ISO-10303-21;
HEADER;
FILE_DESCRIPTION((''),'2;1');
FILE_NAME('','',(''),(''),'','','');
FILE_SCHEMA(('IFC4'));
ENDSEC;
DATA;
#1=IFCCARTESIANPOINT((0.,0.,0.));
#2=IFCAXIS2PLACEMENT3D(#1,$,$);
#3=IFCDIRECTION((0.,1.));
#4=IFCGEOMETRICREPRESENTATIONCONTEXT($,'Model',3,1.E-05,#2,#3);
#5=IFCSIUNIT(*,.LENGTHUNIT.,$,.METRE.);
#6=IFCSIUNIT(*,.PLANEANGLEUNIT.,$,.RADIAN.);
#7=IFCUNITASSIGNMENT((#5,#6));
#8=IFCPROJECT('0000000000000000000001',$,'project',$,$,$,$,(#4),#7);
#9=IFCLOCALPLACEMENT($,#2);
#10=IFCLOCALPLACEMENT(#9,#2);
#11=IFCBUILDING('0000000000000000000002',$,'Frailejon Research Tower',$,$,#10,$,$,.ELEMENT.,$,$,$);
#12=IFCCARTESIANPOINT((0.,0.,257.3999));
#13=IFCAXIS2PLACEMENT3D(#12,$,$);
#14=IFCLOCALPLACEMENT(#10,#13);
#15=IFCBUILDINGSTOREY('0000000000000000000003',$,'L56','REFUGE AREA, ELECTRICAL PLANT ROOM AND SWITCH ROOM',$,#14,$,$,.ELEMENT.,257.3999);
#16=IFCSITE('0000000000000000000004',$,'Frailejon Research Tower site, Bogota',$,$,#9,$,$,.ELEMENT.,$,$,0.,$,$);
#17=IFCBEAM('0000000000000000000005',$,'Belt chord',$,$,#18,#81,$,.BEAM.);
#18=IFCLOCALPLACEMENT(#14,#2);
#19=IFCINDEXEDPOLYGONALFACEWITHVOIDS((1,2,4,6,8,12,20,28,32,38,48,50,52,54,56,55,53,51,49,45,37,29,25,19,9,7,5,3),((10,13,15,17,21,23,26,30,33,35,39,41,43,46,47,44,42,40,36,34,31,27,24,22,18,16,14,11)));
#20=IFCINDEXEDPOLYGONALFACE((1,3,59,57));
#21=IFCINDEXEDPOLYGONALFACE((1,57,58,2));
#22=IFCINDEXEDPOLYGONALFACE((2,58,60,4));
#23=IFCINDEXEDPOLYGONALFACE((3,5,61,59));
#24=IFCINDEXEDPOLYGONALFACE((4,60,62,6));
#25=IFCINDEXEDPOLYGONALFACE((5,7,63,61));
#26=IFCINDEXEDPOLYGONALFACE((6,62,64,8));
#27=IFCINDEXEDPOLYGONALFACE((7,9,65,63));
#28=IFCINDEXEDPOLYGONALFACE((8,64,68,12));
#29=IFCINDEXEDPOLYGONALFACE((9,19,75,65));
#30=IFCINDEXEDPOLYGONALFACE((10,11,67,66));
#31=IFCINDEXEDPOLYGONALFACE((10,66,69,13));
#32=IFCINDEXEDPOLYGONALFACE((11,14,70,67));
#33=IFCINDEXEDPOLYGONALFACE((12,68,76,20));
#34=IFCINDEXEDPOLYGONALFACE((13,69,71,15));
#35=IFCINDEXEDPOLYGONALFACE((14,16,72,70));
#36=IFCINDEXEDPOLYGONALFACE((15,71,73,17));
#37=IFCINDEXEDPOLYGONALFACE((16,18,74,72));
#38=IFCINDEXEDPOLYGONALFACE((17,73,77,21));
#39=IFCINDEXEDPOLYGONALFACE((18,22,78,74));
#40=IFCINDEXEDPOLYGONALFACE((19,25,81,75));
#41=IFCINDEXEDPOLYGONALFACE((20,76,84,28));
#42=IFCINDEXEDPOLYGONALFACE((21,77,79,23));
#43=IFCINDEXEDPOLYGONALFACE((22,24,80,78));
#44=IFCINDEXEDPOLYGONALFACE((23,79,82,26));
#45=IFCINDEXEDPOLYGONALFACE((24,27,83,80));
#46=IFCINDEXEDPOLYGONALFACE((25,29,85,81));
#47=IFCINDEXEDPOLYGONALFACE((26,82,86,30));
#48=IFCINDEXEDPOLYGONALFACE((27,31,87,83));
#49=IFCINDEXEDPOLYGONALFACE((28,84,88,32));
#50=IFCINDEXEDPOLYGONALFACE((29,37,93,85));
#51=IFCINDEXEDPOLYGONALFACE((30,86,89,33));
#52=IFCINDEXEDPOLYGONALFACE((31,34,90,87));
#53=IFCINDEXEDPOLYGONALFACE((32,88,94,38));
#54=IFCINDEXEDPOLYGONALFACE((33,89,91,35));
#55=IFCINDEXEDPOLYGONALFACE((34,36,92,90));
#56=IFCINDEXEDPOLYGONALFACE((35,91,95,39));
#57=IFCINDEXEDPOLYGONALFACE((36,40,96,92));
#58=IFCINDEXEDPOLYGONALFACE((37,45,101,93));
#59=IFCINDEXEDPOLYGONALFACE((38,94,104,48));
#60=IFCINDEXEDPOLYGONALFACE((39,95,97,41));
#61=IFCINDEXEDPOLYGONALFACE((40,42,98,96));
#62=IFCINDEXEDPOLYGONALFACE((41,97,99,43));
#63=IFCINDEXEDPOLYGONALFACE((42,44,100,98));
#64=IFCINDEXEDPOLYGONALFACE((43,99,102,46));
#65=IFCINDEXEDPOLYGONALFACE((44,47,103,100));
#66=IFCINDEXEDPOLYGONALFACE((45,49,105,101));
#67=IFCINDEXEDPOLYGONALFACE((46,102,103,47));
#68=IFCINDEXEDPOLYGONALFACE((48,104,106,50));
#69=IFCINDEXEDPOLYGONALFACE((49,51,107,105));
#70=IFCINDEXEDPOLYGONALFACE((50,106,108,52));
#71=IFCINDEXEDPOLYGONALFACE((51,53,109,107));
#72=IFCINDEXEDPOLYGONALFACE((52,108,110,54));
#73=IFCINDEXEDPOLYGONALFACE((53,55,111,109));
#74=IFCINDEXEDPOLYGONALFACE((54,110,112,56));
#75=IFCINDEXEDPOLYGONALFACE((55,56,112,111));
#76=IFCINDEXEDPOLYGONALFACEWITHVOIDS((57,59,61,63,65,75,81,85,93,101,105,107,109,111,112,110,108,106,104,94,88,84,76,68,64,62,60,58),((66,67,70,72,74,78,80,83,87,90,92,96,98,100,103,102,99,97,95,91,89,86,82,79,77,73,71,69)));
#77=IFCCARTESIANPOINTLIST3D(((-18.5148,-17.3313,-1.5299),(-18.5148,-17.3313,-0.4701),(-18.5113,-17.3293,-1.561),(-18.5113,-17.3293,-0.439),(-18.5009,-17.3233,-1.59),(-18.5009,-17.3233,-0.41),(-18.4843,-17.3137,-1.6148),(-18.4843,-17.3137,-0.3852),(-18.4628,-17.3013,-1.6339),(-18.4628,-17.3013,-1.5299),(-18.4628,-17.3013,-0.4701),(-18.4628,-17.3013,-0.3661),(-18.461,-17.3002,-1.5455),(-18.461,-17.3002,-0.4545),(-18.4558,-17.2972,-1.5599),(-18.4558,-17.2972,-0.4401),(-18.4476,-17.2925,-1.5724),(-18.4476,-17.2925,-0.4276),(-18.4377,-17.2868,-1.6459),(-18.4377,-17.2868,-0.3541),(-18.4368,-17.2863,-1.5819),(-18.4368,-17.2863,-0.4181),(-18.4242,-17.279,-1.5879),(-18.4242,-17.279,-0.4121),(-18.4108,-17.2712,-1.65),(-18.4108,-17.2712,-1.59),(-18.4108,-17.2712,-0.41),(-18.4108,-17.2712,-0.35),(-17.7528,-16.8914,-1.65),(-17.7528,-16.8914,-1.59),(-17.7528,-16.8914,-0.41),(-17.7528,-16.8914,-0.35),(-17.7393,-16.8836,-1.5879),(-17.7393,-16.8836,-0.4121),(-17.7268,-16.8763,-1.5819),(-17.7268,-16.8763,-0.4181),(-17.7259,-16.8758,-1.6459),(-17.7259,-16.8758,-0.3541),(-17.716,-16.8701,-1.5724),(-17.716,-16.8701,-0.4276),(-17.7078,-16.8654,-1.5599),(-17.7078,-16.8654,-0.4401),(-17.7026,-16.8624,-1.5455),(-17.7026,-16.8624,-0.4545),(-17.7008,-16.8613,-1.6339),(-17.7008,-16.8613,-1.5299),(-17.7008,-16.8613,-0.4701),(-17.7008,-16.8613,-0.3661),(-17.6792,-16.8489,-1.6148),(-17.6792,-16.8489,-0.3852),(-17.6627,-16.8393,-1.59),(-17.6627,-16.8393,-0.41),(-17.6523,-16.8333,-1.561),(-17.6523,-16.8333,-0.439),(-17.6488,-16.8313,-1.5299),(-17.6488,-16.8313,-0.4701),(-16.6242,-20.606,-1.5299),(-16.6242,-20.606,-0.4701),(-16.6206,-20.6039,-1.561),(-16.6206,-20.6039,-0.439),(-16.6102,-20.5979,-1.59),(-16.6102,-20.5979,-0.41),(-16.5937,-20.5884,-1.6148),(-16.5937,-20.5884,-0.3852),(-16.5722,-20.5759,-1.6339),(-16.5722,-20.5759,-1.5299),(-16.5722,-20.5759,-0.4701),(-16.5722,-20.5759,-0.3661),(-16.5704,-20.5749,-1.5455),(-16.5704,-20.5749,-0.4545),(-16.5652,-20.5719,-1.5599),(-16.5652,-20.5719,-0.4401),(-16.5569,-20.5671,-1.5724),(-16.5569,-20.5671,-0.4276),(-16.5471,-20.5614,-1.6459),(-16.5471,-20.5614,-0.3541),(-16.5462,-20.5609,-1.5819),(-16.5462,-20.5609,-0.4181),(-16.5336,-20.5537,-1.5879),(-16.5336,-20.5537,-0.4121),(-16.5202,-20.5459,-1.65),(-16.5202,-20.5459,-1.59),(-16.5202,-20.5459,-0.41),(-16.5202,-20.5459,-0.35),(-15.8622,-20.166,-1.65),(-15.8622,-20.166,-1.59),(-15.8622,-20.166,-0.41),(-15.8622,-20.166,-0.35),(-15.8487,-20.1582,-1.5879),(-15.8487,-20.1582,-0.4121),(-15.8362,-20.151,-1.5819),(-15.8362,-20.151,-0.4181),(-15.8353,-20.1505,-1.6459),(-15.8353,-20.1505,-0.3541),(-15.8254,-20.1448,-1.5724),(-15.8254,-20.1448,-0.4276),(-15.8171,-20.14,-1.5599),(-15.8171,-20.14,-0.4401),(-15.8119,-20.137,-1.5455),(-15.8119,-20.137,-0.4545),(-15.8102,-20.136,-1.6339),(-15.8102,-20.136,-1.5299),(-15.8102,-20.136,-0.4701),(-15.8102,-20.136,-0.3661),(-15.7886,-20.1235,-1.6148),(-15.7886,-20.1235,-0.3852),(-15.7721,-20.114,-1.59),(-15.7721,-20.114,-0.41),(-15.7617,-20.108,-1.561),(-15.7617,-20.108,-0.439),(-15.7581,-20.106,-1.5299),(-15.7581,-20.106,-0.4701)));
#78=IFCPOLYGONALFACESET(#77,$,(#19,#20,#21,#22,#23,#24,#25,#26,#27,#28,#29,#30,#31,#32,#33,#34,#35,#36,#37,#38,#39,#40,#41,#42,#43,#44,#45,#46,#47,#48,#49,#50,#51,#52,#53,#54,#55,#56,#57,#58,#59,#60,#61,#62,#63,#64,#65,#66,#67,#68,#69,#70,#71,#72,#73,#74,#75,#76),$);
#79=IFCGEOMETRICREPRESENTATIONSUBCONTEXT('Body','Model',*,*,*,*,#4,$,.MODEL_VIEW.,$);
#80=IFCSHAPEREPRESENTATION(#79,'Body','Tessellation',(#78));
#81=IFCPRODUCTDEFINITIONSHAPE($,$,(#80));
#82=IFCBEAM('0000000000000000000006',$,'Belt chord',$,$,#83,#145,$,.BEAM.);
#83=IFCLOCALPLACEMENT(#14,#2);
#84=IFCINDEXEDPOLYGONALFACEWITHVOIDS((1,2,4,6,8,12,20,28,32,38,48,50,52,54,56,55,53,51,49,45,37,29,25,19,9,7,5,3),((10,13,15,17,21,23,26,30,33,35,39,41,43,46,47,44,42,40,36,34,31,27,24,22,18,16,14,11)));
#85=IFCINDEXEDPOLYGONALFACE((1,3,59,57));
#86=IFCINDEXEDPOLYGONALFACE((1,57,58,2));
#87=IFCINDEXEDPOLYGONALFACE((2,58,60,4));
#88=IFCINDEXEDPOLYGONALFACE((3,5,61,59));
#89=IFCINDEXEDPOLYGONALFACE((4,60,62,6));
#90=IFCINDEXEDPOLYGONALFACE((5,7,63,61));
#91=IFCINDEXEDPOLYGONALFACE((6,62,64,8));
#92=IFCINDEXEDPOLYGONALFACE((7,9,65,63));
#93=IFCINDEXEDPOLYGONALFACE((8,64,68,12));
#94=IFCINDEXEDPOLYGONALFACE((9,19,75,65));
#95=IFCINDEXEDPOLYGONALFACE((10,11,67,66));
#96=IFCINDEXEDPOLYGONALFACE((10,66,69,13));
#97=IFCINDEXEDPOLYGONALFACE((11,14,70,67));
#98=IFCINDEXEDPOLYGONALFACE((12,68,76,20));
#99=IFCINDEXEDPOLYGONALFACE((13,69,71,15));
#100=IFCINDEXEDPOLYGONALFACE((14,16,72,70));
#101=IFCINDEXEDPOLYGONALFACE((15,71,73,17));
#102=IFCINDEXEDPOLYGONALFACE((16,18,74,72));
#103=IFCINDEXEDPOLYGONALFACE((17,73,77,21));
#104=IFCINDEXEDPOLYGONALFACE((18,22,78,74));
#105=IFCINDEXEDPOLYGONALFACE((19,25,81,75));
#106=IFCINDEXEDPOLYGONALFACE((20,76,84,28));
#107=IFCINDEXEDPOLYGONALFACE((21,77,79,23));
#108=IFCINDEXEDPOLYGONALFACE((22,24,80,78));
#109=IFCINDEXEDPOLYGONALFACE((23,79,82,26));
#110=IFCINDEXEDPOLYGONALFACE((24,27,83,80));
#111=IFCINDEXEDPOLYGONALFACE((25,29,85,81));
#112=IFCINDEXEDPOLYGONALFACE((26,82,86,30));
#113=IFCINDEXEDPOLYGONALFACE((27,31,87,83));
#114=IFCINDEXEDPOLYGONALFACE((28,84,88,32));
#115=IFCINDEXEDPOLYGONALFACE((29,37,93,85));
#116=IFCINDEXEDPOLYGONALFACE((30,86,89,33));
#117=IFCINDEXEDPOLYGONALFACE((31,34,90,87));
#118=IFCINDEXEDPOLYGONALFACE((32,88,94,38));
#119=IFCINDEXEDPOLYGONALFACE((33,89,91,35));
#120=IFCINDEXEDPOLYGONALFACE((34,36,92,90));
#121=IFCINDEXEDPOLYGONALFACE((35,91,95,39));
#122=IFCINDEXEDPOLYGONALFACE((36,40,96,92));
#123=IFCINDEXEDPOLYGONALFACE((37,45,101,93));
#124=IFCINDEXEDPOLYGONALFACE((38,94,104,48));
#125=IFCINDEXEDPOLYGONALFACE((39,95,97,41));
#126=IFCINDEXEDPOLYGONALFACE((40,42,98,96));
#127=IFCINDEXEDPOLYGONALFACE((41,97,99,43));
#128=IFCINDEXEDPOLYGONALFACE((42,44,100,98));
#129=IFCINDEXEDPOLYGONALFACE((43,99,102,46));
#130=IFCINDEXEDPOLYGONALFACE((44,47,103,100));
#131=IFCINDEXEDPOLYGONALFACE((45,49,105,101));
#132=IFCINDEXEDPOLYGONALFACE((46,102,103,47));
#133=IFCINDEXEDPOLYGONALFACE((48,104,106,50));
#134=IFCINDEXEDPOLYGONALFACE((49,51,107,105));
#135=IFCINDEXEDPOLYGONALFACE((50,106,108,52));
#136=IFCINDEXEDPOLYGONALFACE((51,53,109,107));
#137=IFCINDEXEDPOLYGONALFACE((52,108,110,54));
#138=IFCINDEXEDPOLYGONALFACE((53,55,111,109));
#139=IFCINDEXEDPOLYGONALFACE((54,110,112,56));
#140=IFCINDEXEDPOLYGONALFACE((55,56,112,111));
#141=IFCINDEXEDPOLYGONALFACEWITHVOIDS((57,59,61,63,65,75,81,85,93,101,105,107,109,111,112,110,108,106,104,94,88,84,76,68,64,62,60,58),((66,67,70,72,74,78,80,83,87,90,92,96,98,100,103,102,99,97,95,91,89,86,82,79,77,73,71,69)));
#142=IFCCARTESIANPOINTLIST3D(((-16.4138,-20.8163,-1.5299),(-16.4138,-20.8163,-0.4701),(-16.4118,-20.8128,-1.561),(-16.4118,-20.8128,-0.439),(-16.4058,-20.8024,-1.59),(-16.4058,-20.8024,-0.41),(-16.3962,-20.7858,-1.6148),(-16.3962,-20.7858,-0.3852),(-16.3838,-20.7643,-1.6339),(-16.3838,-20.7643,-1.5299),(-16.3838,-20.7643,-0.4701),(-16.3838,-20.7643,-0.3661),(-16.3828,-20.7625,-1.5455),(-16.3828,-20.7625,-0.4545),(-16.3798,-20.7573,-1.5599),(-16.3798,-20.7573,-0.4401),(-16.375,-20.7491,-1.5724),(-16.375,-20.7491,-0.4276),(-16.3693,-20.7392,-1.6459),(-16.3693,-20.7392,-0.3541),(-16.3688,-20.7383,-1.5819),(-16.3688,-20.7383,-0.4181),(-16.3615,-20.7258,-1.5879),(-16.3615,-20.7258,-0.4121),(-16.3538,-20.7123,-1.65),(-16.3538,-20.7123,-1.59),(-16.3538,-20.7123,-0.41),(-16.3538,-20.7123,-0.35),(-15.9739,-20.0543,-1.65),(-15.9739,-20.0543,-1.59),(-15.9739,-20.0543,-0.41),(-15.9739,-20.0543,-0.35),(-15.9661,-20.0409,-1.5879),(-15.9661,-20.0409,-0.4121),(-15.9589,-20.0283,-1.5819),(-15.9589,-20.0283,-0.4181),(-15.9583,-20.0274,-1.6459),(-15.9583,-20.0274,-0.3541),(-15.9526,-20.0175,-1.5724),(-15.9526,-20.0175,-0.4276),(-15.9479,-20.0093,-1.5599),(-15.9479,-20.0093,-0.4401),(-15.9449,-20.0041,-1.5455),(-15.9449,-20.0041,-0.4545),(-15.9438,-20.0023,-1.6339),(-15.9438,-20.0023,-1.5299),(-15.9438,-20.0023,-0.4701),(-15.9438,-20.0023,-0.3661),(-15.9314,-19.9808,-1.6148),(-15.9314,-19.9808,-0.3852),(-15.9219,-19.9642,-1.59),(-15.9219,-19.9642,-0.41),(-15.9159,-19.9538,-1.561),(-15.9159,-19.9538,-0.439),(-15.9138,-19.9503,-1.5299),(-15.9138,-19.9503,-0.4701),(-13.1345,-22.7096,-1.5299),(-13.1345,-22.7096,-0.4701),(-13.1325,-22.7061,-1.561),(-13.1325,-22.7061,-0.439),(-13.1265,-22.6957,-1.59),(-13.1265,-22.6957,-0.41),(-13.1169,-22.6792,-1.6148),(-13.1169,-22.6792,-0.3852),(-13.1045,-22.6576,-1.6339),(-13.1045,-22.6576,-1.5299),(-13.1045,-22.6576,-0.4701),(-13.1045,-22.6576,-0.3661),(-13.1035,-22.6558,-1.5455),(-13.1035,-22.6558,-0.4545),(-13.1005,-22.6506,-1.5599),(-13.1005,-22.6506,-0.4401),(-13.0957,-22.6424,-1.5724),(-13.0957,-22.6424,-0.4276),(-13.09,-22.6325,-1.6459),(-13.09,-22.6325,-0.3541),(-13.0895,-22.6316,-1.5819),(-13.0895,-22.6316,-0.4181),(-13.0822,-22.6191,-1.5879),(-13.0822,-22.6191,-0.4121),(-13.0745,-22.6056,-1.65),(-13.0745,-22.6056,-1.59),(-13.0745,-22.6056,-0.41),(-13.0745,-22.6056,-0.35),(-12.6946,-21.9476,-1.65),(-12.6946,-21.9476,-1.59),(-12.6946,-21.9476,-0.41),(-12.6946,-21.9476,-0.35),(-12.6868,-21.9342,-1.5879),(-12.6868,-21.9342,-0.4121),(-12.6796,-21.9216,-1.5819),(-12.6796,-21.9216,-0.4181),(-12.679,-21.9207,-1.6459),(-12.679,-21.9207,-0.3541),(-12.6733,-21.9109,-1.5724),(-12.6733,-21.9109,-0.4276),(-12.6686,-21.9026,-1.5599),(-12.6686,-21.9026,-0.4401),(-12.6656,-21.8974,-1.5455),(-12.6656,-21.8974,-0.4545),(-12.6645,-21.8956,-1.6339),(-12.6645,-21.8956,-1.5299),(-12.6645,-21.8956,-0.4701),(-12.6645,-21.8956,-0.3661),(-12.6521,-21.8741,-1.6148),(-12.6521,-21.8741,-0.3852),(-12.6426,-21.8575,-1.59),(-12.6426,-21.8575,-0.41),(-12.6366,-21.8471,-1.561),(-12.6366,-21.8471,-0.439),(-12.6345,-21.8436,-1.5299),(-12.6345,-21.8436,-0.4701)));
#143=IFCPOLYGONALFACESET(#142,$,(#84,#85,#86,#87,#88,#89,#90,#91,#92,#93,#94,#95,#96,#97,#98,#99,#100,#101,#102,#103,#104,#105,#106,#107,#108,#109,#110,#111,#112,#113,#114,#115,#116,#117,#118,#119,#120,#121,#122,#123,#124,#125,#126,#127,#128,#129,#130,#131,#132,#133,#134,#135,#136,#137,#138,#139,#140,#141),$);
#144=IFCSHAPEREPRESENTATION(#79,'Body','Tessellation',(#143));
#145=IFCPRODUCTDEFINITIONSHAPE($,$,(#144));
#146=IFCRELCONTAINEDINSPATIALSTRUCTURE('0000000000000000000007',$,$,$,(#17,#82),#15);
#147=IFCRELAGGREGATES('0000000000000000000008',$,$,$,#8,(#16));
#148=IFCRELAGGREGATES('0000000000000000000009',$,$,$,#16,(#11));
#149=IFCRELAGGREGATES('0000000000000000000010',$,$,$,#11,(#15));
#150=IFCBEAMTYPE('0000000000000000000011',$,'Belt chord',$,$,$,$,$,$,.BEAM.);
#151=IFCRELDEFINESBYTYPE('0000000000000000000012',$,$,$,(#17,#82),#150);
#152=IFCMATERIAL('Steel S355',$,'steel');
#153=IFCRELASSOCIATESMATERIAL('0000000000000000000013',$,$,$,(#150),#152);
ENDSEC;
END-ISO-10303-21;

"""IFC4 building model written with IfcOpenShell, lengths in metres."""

from ifc_helpers import new_model, si_unit, direction, frame, origin, origin_2d, place, context, subcontext, project, spatial, hollow_rectangle, extrude, material, material_profile, profile_set, type_object, element, save


model = new_model("IFC4")

# Units and contexts
model_context = context("Model", 3, precision=1e-05, world=origin(), true_north=direction((0.0, 1.0)))
body_context = subcontext(model_context, "Body", "Model", "MODEL_VIEW")
ifc_project = project(units=[si_unit("LENGTHUNIT", "METRE"), si_unit("PLANEANGLEUNIT", "RADIAN")], contexts=[model_context])

# Site, building, storey
site_placement = place(None, origin())
site = spatial("IfcSite", under=ifc_project, at=site_placement, Name="Frailejon Research Tower site, Bogota", CompositionType="ELEMENT", RefElevation=0.0)
building_placement = place(site_placement, origin())
building = spatial("IfcBuilding", under=site, at=building_placement, Name="Frailejon Research Tower", CompositionType="ELEMENT")
storey_placement = place(building_placement, frame((0.0, 0.0, 257.3999)))
storey = spatial("IfcBuildingStorey", under=building, at=storey_placement, Name="L56", Description="REFUGE AREA, ELECTRICAL PLANT ROOM AND SWITCH ROOM", CompositionType="ELEMENT", Elevation=257.3999)

# Beams
ifc_material_1 = material(Name="Steel S355", Category="steel")
ifc_material_profile_1 = material_profile(ifc_material_1, hollow_rectangle(XDim=1.0, YDim=1.3, WallThickness=0.0601, InnerFilletRadius=0.0601, OuterFilletRadius=0.1201, at=origin_2d()), Name="Belt chord")
ifc_profile_set_1 = profile_set([ifc_material_profile_1], Name="Steel S355")
beam_type_1 = type_object("IfcBeamType", Name="Belt chord", PredefinedType="BEAM", material=ifc_profile_set_1)
for number, where, z_axis, x_axis, name in (
    (1, (-18.0818, -17.0813, -1.0), (0.5, -0.866025, 0.0), (0.866025, 0.5, 0.0), "Belt chord"),
):
    element("IfcBeam", number, at=place(storey_placement, frame(where, z_axis=z_axis, x_axis=x_axis)), inside=storey, type_object=beam_type_1, Name=name, PredefinedType="BEAM", context=body_context, shape_type="SweptSolid", body=[
        extrude(hollow_rectangle(XDim=1.0, YDim=1.3, WallThickness=0.0601, InnerFilletRadius=0.0601, OuterFilletRadius=0.1201, at=origin_2d()), origin(), (0.0, 0.0, 1.0), 3.7812),
    ])
for number, where, z_axis, x_axis, name in (
    (2, (-16.1638, -20.3833, -1.0), (0.866025, -0.500002, 0.0), (0.500002, 0.866025, 0.0), "Belt chord"),
):
    element("IfcBeam", number, at=place(storey_placement, frame(where, z_axis=z_axis, x_axis=x_axis)), inside=storey, type_object=beam_type_1, Name=name, PredefinedType="BEAM", context=body_context, shape_type="SweptSolid", body=[
        extrude(hollow_rectangle(XDim=1.0, YDim=1.3, WallThickness=0.0601, InnerFilletRadius=0.0601, OuterFilletRadius=0.1201, at=origin_2d()), origin(), (0.0, 0.0, 1.0), 3.7866),
    ])

save(model, "model.ifc")
